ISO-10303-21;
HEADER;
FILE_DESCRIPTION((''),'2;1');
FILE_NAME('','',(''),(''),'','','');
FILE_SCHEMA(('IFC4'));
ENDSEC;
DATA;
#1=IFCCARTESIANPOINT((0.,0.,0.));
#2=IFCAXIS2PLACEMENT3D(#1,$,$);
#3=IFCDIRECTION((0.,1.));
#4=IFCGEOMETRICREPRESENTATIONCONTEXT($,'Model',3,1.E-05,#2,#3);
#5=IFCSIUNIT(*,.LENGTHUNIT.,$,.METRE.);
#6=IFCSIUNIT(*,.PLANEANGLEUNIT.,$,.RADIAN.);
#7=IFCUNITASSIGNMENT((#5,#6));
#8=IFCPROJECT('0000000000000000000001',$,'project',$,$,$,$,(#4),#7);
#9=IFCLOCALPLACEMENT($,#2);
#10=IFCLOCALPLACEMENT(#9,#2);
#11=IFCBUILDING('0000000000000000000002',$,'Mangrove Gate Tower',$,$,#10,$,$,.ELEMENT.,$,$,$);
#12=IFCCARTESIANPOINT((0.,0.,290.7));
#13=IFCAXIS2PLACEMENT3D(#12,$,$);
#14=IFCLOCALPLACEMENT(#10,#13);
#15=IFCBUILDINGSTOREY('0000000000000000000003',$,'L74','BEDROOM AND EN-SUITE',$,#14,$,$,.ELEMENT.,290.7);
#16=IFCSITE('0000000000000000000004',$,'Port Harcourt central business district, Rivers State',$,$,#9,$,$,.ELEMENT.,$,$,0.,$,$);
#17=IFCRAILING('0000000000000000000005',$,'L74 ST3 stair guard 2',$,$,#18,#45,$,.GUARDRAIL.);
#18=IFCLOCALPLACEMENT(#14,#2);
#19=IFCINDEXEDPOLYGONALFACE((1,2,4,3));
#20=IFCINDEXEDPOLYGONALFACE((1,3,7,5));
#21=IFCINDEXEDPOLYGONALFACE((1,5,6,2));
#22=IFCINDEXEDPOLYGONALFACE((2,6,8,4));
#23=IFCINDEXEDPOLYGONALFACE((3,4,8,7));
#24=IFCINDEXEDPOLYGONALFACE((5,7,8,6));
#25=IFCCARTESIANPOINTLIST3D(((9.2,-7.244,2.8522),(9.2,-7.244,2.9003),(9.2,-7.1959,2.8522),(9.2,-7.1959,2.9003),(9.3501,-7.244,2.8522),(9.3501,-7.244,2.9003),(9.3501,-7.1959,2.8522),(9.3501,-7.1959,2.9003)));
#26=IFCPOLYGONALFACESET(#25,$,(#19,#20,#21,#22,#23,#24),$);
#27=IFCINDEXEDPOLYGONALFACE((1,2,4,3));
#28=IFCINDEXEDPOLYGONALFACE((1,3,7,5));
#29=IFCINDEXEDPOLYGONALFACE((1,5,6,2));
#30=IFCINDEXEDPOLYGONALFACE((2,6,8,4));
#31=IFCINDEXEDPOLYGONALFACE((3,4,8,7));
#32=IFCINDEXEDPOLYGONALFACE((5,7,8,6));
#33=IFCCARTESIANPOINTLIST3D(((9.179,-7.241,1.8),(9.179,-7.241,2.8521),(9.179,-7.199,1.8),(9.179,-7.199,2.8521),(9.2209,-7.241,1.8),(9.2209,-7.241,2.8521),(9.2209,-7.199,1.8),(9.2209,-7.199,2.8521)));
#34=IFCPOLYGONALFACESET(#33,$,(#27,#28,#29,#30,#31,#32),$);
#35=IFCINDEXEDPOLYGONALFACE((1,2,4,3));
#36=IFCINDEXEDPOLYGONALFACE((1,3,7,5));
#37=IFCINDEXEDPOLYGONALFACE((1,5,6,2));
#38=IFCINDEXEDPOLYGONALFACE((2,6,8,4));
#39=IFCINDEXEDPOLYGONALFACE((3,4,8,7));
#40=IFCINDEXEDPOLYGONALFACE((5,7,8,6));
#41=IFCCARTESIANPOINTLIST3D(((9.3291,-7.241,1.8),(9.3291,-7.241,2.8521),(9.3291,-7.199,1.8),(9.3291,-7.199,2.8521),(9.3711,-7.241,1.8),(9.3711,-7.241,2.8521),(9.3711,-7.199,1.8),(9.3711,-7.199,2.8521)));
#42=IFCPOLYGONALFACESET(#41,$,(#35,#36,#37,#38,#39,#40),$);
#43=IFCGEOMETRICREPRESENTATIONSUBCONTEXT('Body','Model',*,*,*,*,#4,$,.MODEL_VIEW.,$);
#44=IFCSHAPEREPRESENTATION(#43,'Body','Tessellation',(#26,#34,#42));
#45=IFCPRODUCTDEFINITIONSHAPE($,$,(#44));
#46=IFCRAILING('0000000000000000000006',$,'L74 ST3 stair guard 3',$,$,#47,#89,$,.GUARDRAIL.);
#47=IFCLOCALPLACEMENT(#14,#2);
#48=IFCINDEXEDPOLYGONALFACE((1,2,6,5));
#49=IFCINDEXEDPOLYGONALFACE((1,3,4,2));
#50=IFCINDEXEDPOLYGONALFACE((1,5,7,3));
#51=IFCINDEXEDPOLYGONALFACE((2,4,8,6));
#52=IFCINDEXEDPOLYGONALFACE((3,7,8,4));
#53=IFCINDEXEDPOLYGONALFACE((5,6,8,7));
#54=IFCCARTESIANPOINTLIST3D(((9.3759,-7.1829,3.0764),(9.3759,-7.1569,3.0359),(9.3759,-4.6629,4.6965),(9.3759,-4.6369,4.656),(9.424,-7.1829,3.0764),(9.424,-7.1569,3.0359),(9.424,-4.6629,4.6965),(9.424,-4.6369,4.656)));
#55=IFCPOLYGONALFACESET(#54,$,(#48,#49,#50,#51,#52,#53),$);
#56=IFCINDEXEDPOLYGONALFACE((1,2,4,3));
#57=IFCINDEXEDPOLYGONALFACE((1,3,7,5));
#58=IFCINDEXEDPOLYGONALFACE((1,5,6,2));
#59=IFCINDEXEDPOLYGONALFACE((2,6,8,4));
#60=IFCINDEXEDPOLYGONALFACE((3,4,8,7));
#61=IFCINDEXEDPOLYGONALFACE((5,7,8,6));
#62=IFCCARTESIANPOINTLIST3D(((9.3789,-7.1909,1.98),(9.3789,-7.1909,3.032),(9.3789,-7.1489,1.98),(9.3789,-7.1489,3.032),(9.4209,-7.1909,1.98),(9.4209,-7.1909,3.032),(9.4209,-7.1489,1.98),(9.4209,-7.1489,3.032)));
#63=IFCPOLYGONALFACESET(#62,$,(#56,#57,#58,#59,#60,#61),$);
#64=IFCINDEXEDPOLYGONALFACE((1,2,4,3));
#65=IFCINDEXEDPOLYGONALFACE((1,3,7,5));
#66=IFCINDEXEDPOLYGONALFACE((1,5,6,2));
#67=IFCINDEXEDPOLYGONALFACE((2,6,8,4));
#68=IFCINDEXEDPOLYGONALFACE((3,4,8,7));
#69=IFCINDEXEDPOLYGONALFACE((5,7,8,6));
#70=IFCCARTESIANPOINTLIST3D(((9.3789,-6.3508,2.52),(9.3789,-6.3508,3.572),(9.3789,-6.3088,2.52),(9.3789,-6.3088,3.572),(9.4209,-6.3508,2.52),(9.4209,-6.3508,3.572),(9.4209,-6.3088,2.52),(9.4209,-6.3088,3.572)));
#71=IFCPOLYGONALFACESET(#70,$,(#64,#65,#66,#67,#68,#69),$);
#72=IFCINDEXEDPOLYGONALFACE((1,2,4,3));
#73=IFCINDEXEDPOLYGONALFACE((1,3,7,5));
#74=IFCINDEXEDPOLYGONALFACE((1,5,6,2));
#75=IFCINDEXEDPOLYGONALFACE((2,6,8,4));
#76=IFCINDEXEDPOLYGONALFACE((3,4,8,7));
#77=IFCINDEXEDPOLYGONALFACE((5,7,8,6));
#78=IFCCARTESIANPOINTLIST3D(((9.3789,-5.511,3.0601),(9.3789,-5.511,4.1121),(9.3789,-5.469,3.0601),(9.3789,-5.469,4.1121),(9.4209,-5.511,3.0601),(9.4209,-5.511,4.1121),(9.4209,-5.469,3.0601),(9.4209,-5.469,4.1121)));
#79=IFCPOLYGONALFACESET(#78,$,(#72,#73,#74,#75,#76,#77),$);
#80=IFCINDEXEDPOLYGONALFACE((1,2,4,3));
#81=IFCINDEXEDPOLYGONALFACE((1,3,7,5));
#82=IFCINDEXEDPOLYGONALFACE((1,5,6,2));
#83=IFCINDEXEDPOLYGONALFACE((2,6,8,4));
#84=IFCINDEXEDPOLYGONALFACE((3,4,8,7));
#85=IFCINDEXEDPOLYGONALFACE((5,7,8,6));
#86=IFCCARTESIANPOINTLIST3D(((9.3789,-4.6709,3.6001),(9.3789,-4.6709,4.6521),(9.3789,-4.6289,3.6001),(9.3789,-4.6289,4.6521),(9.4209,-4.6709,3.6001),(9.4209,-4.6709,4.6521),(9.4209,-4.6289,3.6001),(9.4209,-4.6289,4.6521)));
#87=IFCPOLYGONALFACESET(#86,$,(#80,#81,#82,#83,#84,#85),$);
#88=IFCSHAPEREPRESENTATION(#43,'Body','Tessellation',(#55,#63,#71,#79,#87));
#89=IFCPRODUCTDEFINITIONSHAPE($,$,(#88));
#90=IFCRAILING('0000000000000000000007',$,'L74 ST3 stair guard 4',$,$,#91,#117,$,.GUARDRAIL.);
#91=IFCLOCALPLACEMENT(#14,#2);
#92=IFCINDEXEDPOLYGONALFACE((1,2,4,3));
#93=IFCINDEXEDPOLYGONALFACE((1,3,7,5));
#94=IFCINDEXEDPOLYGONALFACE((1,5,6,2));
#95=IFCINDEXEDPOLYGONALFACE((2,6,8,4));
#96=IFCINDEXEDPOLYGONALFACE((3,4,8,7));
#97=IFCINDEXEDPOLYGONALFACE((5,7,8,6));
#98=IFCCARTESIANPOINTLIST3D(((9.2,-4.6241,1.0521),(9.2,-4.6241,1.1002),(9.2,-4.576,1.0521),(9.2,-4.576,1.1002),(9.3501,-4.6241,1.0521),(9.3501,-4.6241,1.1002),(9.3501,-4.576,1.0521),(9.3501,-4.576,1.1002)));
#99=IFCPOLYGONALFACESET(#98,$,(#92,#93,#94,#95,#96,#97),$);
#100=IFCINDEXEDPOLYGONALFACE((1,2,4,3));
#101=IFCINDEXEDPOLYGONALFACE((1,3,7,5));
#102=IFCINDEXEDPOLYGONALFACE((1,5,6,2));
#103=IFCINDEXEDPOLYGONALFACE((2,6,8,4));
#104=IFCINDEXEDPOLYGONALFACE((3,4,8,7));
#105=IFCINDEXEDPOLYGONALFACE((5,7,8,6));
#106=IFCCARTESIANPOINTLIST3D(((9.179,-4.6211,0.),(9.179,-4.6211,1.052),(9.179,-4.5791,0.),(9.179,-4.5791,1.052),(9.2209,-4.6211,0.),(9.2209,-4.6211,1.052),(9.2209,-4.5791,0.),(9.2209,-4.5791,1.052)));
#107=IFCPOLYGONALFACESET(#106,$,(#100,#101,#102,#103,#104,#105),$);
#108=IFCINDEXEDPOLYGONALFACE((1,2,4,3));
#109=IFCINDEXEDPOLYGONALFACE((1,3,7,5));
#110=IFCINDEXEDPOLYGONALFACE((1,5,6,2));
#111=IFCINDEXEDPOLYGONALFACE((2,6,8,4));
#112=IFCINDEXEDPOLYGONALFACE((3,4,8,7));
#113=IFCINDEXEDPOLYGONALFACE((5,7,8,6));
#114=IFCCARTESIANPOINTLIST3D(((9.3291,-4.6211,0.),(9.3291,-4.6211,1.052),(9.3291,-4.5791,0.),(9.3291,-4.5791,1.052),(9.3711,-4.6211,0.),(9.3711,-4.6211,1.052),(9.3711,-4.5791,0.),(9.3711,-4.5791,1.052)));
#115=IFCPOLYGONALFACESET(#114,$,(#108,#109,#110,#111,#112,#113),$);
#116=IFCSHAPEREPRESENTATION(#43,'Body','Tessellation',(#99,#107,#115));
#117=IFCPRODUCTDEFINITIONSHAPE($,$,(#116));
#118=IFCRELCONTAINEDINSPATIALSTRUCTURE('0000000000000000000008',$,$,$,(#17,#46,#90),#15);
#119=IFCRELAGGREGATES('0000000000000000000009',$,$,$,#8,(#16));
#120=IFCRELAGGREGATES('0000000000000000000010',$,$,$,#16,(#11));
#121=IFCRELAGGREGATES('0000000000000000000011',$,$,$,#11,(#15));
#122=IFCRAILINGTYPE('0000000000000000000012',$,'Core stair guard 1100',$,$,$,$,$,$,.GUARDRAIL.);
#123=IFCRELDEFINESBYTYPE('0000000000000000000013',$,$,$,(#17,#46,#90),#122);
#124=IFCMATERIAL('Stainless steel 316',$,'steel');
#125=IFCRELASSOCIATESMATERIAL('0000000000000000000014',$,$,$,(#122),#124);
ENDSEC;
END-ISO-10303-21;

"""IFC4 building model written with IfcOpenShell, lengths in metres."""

from ifc_helpers import new_model, si_unit, direction, frame, origin, origin_2d, place, context, subcontext, project, spatial, rectangle, extrude, material, type_object, element, save


model = new_model("IFC4")

# Units and contexts
model_context = context("Model", 3, precision=1e-05, world=origin(), true_north=direction((0.0, 1.0)))
body_context = subcontext(model_context, "Body", "Model", "MODEL_VIEW")
ifc_project = project(units=[si_unit("LENGTHUNIT", "METRE"), si_unit("PLANEANGLEUNIT", "RADIAN")], contexts=[model_context])

# Site, building, storey
site_placement = place(None, origin())
site = spatial("IfcSite", under=ifc_project, at=site_placement, Name="Port Harcourt central business district, Rivers State", CompositionType="ELEMENT", RefElevation=0.0)
building_placement = place(site_placement, origin())
building = spatial("IfcBuilding", under=site, at=building_placement, Name="Mangrove Gate Tower", CompositionType="ELEMENT")
storey_placement = place(building_placement, frame((0.0, 0.0, 290.7)))
storey = spatial("IfcBuildingStorey", under=building, at=storey_placement, Name="L74", Description="BEDROOM AND EN-SUITE", CompositionType="ELEMENT", Elevation=290.7)

# Railings
ifc_material_1 = material(Name="Stainless steel 316", Category="steel")
railing_type_1 = type_object("IfcRailingType", Name="Core stair guard 1100", PredefinedType="GUARDRAIL", material=ifc_material_1)
railing_1_placement = place(storey_placement, frame((9.2, -7.22, 1.8)))
element("IfcRailing", 1, at=railing_1_placement, inside=storey, type_object=railing_type_1, Name="L74 ST3 stair guard 2", PredefinedType="GUARDRAIL", context=body_context, shape_type="SweptSolid", body=[
    extrude(rectangle(XDim=0.0481, YDim=0.0481, at=origin_2d()), frame((0.0, 0.0, 1.0762), z_axis=(1.0, 0.0, 0.0), x_axis=(0.0, 1.0, 0.0)), (0.0, 0.0, 1.0), 0.1501),
    extrude(rectangle(XDim=0.042, YDim=0.042, at=origin_2d()), origin(), (0.0, 0.0, 1.0), 1.052),
    extrude(rectangle(XDim=0.042, YDim=0.042, at=origin_2d()), frame((0.1501, 0.0, 0.0)), (0.0, 0.0, 1.0), 1.052),
])
railing_2_placement = place(storey_placement, frame((9.3999, -7.1699, 1.98)))
element("IfcRailing", 2, at=railing_2_placement, inside=storey, type_object=railing_type_1, Name="L74 ST3 stair guard 3", PredefinedType="GUARDRAIL", context=body_context, shape_type="SweptSolid", body=[
    extrude(rectangle(XDim=0.0481, YDim=0.0481, at=origin_2d()), frame((0.0, 0.0, 1.0762), z_axis=(0.0, 0.841163, 0.540782), x_axis=(-1.0, 0.0, 0.0)), (0.0, 0.0, 1.0), 2.9958),
    extrude(rectangle(XDim=0.042, YDim=0.042, at=origin_2d()), origin(), (0.0, 0.0, 1.0), 1.052),
    extrude(rectangle(XDim=0.042, YDim=0.042, at=origin_2d()), frame((0.0, 0.8401, 0.54)), (0.0, 0.0, 1.0), 1.052),
    extrude(rectangle(XDim=0.042, YDim=0.042, at=origin_2d()), frame((0.0, 1.6799, 1.0801)), (0.0, 0.0, 1.0), 1.052),
    extrude(rectangle(XDim=0.042, YDim=0.042, at=origin_2d()), frame((0.0, 2.52, 1.6201)), (0.0, 0.0, 1.0), 1.052),
])
railing_3_placement = place(storey_placement, frame((9.2, -4.6001, 0.0)))
element("IfcRailing", 3, at=railing_3_placement, inside=storey, type_object=railing_type_1, Name="L74 ST3 stair guard 4", PredefinedType="GUARDRAIL", context=body_context, shape_type="SweptSolid", body=[
    extrude(rectangle(XDim=0.0481, YDim=0.0481, at=origin_2d()), frame((0.0, 0.0, 1.0762), z_axis=(1.0, 0.0, 0.0), x_axis=(0.0, 1.0, 0.0)), (0.0, 0.0, 1.0), 0.1501),
    extrude(rectangle(XDim=0.042, YDim=0.042, at=origin_2d()), origin(), (0.0, 0.0, 1.0), 1.052),
    extrude(rectangle(XDim=0.042, YDim=0.042, at=origin_2d()), frame((0.1501, 0.0, 0.0)), (0.0, 0.0, 1.0), 1.052),
])

save(model, "model.ifc")
